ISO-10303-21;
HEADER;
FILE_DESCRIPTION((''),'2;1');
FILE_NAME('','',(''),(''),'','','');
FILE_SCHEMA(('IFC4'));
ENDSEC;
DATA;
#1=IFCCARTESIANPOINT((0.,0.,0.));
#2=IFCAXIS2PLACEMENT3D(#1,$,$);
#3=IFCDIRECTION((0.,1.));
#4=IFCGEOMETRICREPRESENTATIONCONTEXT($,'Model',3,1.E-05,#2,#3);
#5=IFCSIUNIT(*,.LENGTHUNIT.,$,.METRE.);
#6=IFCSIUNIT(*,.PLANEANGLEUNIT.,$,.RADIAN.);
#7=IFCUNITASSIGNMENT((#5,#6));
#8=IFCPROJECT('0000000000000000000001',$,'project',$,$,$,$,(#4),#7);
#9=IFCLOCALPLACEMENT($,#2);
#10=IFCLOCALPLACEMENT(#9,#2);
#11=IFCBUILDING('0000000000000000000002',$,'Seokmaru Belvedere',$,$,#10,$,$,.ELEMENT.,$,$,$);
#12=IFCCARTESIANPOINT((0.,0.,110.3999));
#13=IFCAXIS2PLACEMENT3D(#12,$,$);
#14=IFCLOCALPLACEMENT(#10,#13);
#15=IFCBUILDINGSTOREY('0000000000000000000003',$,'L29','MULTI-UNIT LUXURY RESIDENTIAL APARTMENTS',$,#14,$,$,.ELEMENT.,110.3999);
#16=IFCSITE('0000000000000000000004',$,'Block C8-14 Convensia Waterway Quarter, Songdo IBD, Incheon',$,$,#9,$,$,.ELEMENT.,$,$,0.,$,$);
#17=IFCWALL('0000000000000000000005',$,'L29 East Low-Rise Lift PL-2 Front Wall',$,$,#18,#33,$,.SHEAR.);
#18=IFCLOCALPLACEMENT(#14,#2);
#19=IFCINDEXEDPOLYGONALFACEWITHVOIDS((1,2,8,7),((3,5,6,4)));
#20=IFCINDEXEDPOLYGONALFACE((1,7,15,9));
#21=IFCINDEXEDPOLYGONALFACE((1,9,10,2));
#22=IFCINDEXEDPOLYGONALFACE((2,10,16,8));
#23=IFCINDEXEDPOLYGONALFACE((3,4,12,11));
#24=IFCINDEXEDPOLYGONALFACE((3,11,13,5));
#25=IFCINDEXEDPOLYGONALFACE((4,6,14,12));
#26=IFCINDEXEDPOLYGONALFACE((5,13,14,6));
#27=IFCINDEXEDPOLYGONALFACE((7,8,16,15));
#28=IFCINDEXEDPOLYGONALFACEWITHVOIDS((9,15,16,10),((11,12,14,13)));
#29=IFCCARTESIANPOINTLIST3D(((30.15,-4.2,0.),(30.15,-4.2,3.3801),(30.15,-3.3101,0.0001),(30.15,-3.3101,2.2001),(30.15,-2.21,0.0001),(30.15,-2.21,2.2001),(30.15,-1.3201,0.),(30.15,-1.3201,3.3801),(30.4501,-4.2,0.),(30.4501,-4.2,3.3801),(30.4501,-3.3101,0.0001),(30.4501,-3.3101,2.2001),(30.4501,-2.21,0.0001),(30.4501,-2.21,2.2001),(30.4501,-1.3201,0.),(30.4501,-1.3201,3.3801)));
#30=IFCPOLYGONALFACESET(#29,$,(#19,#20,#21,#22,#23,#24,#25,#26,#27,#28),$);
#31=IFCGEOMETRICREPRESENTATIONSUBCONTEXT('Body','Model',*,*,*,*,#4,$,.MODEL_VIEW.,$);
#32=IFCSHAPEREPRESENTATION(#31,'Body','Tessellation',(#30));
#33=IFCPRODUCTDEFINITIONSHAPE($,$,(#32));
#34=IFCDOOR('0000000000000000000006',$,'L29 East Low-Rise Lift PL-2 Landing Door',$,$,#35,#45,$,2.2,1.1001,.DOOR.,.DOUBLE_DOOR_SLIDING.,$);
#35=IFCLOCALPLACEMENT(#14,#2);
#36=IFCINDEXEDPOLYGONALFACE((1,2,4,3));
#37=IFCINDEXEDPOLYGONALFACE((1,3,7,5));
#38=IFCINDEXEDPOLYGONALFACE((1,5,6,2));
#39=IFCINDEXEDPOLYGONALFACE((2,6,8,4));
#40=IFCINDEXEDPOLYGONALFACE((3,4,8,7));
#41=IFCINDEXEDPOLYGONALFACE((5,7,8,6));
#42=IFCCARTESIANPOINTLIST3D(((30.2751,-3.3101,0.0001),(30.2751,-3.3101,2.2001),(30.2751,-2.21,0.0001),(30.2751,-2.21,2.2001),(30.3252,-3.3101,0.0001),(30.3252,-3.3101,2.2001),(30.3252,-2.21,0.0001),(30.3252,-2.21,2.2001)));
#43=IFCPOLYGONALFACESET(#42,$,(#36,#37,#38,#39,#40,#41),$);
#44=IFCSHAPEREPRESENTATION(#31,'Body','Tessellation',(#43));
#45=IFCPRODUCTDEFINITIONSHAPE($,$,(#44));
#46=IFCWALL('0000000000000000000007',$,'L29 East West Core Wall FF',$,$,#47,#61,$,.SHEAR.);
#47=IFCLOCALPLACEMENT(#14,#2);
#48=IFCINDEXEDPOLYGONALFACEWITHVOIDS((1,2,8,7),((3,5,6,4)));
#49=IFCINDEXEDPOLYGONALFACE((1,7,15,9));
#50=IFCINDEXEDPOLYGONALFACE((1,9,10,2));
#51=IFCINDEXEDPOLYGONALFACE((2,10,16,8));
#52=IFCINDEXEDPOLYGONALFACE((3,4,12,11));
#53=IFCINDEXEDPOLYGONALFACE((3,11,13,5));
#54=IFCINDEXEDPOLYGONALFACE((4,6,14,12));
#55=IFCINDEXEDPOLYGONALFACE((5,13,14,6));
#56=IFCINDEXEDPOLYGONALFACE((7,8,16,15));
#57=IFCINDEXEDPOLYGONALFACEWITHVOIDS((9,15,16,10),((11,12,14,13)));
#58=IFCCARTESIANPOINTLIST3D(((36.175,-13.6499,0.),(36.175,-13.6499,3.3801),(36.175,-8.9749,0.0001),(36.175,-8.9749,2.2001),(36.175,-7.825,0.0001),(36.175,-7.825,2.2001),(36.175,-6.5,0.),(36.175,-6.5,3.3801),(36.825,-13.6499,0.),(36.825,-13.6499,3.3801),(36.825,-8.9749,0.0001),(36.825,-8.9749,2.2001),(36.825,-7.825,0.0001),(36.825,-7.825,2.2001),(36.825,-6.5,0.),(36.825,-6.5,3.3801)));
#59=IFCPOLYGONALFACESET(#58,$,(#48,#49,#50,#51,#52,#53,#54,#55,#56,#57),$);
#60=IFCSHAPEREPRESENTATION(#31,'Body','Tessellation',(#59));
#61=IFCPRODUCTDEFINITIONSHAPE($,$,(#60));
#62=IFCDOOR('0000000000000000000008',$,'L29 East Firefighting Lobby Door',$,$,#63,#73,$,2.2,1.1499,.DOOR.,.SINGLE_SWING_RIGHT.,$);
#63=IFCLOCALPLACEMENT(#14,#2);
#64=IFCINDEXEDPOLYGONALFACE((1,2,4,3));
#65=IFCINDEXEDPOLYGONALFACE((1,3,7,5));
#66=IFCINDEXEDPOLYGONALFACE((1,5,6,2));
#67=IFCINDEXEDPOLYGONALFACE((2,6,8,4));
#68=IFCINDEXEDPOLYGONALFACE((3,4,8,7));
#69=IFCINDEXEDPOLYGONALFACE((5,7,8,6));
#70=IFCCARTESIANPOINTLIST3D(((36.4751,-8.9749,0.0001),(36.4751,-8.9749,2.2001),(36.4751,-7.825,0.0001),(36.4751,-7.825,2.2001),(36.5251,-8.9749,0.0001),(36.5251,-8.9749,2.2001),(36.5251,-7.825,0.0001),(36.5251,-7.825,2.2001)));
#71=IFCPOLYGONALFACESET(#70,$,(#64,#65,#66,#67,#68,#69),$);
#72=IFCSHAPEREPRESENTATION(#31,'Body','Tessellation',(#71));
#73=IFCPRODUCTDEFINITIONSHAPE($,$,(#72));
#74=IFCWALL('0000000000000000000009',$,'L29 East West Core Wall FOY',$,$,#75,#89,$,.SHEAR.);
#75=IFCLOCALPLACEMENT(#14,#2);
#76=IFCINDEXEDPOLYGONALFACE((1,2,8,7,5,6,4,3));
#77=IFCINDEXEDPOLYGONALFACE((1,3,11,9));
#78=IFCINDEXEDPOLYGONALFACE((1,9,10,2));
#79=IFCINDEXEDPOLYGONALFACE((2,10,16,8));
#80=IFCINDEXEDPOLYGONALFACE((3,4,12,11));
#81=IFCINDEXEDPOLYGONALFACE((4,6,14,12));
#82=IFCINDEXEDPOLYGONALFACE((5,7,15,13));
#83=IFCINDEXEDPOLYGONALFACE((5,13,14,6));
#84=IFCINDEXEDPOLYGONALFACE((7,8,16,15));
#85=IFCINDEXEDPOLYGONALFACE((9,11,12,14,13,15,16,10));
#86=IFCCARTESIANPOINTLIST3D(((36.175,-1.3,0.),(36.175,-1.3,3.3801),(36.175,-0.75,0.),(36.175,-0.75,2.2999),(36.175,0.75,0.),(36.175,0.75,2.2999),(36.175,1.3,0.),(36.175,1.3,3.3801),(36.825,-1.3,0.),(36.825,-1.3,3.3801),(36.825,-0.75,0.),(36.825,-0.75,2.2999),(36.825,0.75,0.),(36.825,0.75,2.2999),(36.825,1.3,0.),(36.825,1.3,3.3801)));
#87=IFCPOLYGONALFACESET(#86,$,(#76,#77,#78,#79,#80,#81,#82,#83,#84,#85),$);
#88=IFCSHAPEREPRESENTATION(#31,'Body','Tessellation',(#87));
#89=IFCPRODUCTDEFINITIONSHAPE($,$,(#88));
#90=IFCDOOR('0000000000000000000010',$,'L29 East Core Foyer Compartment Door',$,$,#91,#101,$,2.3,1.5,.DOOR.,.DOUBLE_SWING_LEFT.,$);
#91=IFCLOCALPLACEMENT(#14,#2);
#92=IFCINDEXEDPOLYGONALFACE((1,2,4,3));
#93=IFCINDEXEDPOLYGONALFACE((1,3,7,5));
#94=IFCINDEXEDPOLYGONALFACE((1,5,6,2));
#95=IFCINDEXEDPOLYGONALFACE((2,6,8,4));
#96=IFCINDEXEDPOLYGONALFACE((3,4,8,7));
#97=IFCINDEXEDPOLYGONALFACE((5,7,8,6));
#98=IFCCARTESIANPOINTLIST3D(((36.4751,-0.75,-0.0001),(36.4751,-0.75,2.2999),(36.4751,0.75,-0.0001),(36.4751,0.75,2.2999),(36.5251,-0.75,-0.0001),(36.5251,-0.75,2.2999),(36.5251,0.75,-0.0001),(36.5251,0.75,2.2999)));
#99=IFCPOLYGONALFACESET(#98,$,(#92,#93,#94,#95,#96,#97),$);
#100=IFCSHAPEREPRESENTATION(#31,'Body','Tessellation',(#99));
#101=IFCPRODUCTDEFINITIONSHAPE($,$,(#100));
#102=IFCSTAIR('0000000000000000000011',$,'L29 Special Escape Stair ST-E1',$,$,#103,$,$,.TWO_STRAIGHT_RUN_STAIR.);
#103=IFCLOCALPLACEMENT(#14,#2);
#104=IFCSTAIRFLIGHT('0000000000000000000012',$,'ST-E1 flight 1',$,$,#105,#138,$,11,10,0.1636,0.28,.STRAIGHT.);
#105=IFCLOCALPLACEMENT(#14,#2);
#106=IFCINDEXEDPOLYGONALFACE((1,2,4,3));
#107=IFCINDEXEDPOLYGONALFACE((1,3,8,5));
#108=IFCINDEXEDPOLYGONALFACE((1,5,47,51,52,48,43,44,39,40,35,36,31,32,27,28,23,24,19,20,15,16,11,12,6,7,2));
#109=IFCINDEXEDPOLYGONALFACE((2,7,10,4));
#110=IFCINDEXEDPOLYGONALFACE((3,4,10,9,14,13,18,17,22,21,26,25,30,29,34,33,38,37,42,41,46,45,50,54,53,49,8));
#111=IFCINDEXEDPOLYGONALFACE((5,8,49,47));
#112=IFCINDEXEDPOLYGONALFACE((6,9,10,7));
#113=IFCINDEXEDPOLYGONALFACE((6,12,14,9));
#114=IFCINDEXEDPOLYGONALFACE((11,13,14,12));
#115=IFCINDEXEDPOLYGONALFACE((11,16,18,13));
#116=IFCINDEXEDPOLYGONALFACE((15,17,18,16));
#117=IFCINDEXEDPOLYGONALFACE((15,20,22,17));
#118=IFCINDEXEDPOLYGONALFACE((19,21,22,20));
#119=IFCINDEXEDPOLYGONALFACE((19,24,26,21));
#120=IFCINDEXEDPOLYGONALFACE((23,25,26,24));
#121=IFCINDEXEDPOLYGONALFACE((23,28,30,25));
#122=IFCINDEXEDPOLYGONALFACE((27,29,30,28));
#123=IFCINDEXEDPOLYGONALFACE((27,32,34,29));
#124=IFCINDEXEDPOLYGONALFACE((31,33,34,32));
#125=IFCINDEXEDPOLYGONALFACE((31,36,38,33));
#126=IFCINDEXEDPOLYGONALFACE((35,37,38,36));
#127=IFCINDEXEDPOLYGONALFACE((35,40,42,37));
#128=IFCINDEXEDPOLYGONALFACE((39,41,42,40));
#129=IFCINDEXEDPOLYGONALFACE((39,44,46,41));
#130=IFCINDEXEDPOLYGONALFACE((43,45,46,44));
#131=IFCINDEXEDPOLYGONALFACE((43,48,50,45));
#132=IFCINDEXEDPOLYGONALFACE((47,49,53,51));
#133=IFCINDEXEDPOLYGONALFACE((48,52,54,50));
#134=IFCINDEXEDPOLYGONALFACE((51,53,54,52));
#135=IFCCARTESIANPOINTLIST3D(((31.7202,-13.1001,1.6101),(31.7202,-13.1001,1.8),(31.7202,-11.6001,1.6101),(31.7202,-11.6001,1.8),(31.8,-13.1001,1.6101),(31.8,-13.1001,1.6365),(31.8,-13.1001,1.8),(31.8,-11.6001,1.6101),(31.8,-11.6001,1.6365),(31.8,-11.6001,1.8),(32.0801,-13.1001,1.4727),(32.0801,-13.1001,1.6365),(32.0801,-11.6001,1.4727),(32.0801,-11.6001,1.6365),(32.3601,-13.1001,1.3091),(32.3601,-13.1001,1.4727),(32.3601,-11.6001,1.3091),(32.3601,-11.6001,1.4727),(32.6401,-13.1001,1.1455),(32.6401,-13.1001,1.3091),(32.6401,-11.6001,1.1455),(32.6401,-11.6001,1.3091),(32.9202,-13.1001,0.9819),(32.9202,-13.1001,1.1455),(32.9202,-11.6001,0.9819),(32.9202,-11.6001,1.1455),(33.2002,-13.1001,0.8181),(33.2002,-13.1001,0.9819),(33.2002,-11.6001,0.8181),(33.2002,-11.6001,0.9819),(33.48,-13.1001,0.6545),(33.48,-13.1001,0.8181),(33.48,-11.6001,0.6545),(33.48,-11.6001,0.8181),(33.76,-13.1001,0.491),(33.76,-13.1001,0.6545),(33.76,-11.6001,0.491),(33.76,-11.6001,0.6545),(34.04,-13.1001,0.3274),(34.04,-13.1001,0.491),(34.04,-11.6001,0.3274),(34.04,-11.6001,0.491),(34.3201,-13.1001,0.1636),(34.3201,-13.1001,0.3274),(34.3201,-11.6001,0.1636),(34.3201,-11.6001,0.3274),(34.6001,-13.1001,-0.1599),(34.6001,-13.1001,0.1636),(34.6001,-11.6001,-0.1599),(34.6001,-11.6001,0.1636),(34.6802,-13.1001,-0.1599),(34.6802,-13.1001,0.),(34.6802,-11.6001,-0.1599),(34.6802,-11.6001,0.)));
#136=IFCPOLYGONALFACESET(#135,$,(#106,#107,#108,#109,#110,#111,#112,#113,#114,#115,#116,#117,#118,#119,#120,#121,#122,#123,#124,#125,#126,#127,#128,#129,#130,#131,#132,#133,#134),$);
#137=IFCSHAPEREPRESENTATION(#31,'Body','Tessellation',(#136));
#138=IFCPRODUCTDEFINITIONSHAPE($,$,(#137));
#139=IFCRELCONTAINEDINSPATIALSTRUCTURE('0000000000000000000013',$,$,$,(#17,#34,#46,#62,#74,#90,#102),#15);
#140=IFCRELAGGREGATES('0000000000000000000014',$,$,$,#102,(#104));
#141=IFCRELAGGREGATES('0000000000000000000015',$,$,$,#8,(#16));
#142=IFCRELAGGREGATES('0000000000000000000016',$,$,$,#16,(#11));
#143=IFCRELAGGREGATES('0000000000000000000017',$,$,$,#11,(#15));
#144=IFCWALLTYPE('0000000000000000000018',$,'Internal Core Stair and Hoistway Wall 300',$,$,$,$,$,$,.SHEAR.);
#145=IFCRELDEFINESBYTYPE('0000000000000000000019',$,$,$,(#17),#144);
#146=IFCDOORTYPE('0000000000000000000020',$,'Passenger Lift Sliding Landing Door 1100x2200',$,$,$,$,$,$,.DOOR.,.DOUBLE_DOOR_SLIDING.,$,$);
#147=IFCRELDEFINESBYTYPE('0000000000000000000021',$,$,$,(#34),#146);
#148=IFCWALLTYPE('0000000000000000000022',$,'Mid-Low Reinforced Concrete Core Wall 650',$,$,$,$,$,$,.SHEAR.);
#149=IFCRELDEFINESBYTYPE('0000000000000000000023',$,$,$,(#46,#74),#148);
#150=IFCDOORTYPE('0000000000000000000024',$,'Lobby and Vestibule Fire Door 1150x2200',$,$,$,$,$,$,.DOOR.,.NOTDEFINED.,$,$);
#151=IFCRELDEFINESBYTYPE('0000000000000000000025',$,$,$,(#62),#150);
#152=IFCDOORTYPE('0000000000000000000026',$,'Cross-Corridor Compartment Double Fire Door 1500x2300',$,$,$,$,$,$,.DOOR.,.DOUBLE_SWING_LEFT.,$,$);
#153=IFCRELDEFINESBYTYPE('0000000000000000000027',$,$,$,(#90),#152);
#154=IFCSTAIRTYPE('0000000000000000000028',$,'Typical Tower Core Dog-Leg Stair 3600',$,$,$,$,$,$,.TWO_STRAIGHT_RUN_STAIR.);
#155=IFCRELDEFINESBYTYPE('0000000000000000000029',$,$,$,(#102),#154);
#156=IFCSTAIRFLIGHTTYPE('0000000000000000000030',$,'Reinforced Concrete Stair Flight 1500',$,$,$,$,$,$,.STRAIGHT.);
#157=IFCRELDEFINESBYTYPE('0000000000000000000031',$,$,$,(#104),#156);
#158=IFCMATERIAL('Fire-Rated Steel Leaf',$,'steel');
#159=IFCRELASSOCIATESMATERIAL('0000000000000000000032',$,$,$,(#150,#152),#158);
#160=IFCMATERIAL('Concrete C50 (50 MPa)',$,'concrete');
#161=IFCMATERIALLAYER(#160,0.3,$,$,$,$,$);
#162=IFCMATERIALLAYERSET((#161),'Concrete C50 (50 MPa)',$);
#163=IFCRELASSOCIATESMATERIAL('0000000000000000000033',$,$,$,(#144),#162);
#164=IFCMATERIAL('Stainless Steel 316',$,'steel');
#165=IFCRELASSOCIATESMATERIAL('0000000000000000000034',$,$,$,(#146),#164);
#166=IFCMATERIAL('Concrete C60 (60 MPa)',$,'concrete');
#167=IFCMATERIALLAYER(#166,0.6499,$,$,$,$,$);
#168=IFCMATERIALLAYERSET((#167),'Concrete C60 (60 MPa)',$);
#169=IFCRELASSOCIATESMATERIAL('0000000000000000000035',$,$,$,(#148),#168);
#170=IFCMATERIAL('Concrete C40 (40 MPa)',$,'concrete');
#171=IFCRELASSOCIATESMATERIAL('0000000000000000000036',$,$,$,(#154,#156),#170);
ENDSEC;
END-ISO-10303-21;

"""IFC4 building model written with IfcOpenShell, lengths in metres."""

from ifc_helpers import new_model, si_unit, direction, frame, frame_2d, origin, place, context, subcontext, project, spatial, polyline, rectangle, outline, extrude, source, transform, mapped, material, layer, layer_set, type_object, type_shapes, element, fill, aggregate, save


model = new_model("IFC4")

# Units and contexts
model_context = context("Model", 3, precision=1e-05, world=origin(), true_north=direction((0.0, 1.0)))
body_context = subcontext(model_context, "Body", "Model", "MODEL_VIEW")
ifc_project = project(units=[si_unit("LENGTHUNIT", "METRE"), si_unit("PLANEANGLEUNIT", "RADIAN")], contexts=[model_context])

# Site, building, storey
site_placement = place(None, origin())
site = spatial("IfcSite", under=ifc_project, at=site_placement, Name="Block C8-14 Convensia Waterway Quarter, Songdo IBD, Incheon", CompositionType="ELEMENT", RefElevation=0.0)
building_placement = place(site_placement, origin())
building = spatial("IfcBuilding", under=site, at=building_placement, Name="Seokmaru Belvedere", CompositionType="ELEMENT")
storey_placement = place(building_placement, frame((0.0, 0.0, 110.3999)))
storey = spatial("IfcBuildingStorey", under=building, at=storey_placement, Name="L29", Description="MULTI-UNIT LUXURY RESIDENTIAL APARTMENTS", CompositionType="ELEMENT", Elevation=110.3999)

# Shared definitions
ifc_material_1 = material(Name="Fire-Rated Steel Leaf", Category="steel")
door_type_1 = type_object("IfcDoorType", Name="Lobby and Vestibule Fire Door 1150x2200", OperationType="NOTDEFINED", PredefinedType="DOOR", material=ifc_material_1)
shared_shape_1 = source(origin(), body_context, "Body", "SweptSolid", [
    extrude(rectangle(XDim=1.1499, YDim=2.2, at=frame_2d((0.575, 1.1001))), frame((0.0, 0.0249, 0.0), z_axis=(0.0, -1.0, 0.0), x_axis=(1.0, 0.0, 0.0)), (0.0, 0.0, 1.0), 0.05),
])
type_shapes(door_type_1, [shared_shape_1])

# Walls, openings, doors
ifc_material_2 = material(Name="Concrete C50 (50 MPa)", Category="concrete")
ifc_layer_1 = layer(ifc_material_2, 0.3)
ifc_layer_set_1 = layer_set([ifc_layer_1], Name="Concrete C50 (50 MPa)")
wall_type_1 = type_object("IfcWallType", Name="Internal Core Stair and Hoistway Wall 300", PredefinedType="SHEAR", material=ifc_layer_set_1)
wall_1_placement = place(storey_placement, frame((30.3, -4.2, 0.0), z_axis=(0.0, 0.0, 1.0), x_axis=(0.0, 1.0, 0.0)))
wall_1 = element("IfcWall", 1, at=wall_1_placement, inside=storey, type_object=wall_type_1, Name="L29 East Low-Rise Lift PL-2 Front Wall", PredefinedType="SHEAR", context=body_context, shape_type="SweptSolid", body=[
    extrude(rectangle(XDim=2.8799, YDim=0.3, at=frame_2d((1.4399, 0.0))), origin(), (0.0, 0.0, 1.0), 3.3801),
])
opening_1_placement = place(wall_1_placement, frame((0.8899, 0.0, 0.0)))
opening_1 = element("IfcOpeningElement", 2, at=opening_1_placement, cuts=wall_1, PredefinedType="OPENING", context=body_context, shape_type="SweptSolid", body=[
    extrude(rectangle(XDim=1.1001, YDim=2.2, at=frame_2d((0.55, 1.1001))), frame((0.0, 0.1602, 0.0), z_axis=(0.0, -1.0, 0.0), x_axis=(1.0, 0.0, 0.0)), (0.0, 0.0, 1.0), 0.3201),
])
ifc_material_3 = material(Name="Stainless Steel 316", Category="steel")
door_type_2 = type_object("IfcDoorType", Name="Passenger Lift Sliding Landing Door 1100x2200", OperationType="DOUBLE_DOOR_SLIDING", PredefinedType="DOOR", material=ifc_material_3)
shared_shape_2 = source(origin(), body_context, "Body", "SweptSolid", [
    extrude(rectangle(XDim=1.1001, YDim=2.2, at=frame_2d((0.55, 1.1001))), frame((0.0, 0.0249, 0.0), z_axis=(0.0, -1.0, 0.0), x_axis=(1.0, 0.0, 0.0)), (0.0, 0.0, 1.0), 0.05),
])
type_shapes(door_type_2, [shared_shape_2])
door_1_placement = place(opening_1_placement, origin())
door_1 = element("IfcDoor", 3, at=door_1_placement, inside=storey, type_object=door_type_2, Name="L29 East Low-Rise Lift PL-2 Landing Door", OperationType="DOUBLE_DOOR_SLIDING", OverallHeight=2.2, OverallWidth=1.1001, PredefinedType="DOOR", context=body_context, shape_type="MappedRepresentation", body=[
    mapped(shared_shape_2, transform((0.0, 0.0, 0.0), scale=1.0)),
])
fill(opening_1, door_1)
ifc_material_4 = material(Name="Concrete C60 (60 MPa)", Category="concrete")
ifc_layer_2 = layer(ifc_material_4, 0.6499)
ifc_layer_set_2 = layer_set([ifc_layer_2], Name="Concrete C60 (60 MPa)")
wall_type_2 = type_object("IfcWallType", Name="Mid-Low Reinforced Concrete Core Wall 650", PredefinedType="SHEAR", material=ifc_layer_set_2)
wall_2_placement = place(storey_placement, frame((36.5, -13.6499, 0.0), z_axis=(0.0, 0.0, 1.0), x_axis=(0.0, 1.0, 0.0)))
wall_2 = element("IfcWall", 4, at=wall_2_placement, inside=storey, type_object=wall_type_2, Name="L29 East West Core Wall FF", PredefinedType="SHEAR", context=body_context, shape_type="SweptSolid", body=[
    extrude(rectangle(XDim=7.1499, YDim=0.6499, at=frame_2d((3.575, 0.0))), origin(), (0.0, 0.0, 1.0), 3.3801),
])
opening_2_placement = place(wall_2_placement, frame((4.675, 0.0, 0.0)))
opening_2 = element("IfcOpeningElement", 5, at=opening_2_placement, cuts=wall_2, PredefinedType="OPENING", context=body_context, shape_type="SweptSolid", body=[
    extrude(rectangle(XDim=1.1499, YDim=2.2, at=frame_2d((0.575, 1.1001))), frame((0.0, 0.335, 0.0), z_axis=(0.0, -1.0, 0.0), x_axis=(1.0, 0.0, 0.0)), (0.0, 0.0, 1.0), 0.6699),
])
door_2_placement = place(opening_2_placement, origin())
door_2 = element("IfcDoor", 6, at=door_2_placement, inside=storey, type_object=door_type_1, Name="L29 East Firefighting Lobby Door", OperationType="SINGLE_SWING_RIGHT", OverallHeight=2.2, OverallWidth=1.1499, PredefinedType="DOOR", context=body_context, shape_type="MappedRepresentation", body=[
    mapped(shared_shape_1, transform((0.0, 0.0, 0.0), scale=1.0)),
])
fill(opening_2, door_2)
wall_3_placement = place(storey_placement, frame((36.5, -1.3, 0.0), z_axis=(0.0, 0.0, 1.0), x_axis=(0.0, 1.0, 0.0)))
wall_3 = element("IfcWall", 7, at=wall_3_placement, inside=storey, type_object=wall_type_2, Name="L29 East West Core Wall FOY", PredefinedType="SHEAR", context=body_context, shape_type="SweptSolid", body=[
    extrude(rectangle(XDim=2.6001, YDim=0.6499, at=frame_2d((1.3, 0.0))), origin(), (0.0, 0.0, 1.0), 3.3801),
])
opening_3_placement = place(wall_3_placement, frame((0.55, 0.0, 0.0)))
opening_3 = element("IfcOpeningElement", 8, at=opening_3_placement, cuts=wall_3, PredefinedType="OPENING", context=body_context, shape_type="SweptSolid", body=[
    extrude(rectangle(XDim=1.5, YDim=2.3, at=frame_2d((0.75, 1.1499))), frame((0.0, 0.335, 0.0), z_axis=(0.0, -1.0, 0.0), x_axis=(1.0, 0.0, 0.0)), (0.0, 0.0, 1.0), 0.6699),
])
door_type_3 = type_object("IfcDoorType", Name="Cross-Corridor Compartment Double Fire Door 1500x2300", OperationType="DOUBLE_SWING_LEFT", PredefinedType="DOOR", material=ifc_material_1)
shared_shape_3 = source(origin(), body_context, "Body", "SweptSolid", [
    extrude(rectangle(XDim=1.5, YDim=2.3, at=frame_2d((0.75, 1.1499))), frame((0.0, 0.0249, 0.0), z_axis=(0.0, -1.0, 0.0), x_axis=(1.0, 0.0, 0.0)), (0.0, 0.0, 1.0), 0.05),
])
type_shapes(door_type_3, [shared_shape_3])
door_3_placement = place(opening_3_placement, origin())
door_3 = element("IfcDoor", 9, at=door_3_placement, inside=storey, type_object=door_type_3, Name="L29 East Core Foyer Compartment Door", OperationType="DOUBLE_SWING_LEFT", OverallHeight=2.3, OverallWidth=1.5, PredefinedType="DOOR", context=body_context, shape_type="MappedRepresentation", body=[
    mapped(shared_shape_3, transform((0.0, 0.0, 0.0), scale=1.0)),
])
fill(opening_3, door_3)

# Stair, stair flight
ifc_material_5 = material(Name="Concrete C40 (40 MPa)", Category="concrete")
stair_type = type_object("IfcStairType", Name="Typical Tower Core Dog-Leg Stair 3600", PredefinedType="TWO_STRAIGHT_RUN_STAIR", material=ifc_material_5)
stair_placement = place(storey_placement, origin())
stair = element("IfcStair", 10, at=stair_placement, inside=storey, type_object=stair_type, Name="L29 Special Escape Stair ST-E1", PredefinedType="TWO_STRAIGHT_RUN_STAIR")
stair_flight_type = type_object("IfcStairFlightType", Name="Reinforced Concrete Stair Flight 1500", PredefinedType="STRAIGHT", material=ifc_material_5)
stair_flight_1_placement = place(storey_placement, frame((34.6001, -12.3501, 0.0), z_axis=(0.0, 0.0, 1.0), x_axis=(-1.0, 0.0, 0.0)))
stair_flight_1 = element("IfcStairFlight", 11, at=stair_flight_1_placement, type_object=stair_flight_type, Name="ST-E1 flight 1", NumberOfRisers=11, NumberOfTreads=10, PredefinedType="STRAIGHT", RiserHeight=0.1636, TreadLength=0.28, context=body_context, shape_type="SweptSolid", body=[
    extrude(outline(polyline([(-0.0801, 0.0), (0.0, 0.1636), (0.28, 0.1636), (0.28, 0.3274), (0.5601, 0.3274), (0.5601, 0.491), (0.8401, 0.491), (0.8401, 0.6545), (1.1201, 0.6545), (1.1201, 0.8181), (1.3999, 0.8181), (1.3999, 0.9819), (1.6799, 0.9819), (1.6799, 1.1455), (1.96, 1.1455), (1.96, 1.3091), (2.24, 1.3091), (2.24, 1.4727), (2.52, 1.4727), (2.52, 1.6365), (2.8, 1.6365), (2.8, 1.8), (2.8799, 1.8), (2.8799, 1.6101), (2.8, 1.6101), (0.0, -0.1599), (-0.0801, -0.1599), (-0.0801, 0.0)])), frame((0.0, 0.75, 0.0), z_axis=(0.0, -1.0, 0.0), x_axis=(1.0, 0.0, 0.0)), (0.0, 0.0, 1.0), 1.5),
])
aggregate(stair, [stair_flight_1])

save(model, "model.ifc")
